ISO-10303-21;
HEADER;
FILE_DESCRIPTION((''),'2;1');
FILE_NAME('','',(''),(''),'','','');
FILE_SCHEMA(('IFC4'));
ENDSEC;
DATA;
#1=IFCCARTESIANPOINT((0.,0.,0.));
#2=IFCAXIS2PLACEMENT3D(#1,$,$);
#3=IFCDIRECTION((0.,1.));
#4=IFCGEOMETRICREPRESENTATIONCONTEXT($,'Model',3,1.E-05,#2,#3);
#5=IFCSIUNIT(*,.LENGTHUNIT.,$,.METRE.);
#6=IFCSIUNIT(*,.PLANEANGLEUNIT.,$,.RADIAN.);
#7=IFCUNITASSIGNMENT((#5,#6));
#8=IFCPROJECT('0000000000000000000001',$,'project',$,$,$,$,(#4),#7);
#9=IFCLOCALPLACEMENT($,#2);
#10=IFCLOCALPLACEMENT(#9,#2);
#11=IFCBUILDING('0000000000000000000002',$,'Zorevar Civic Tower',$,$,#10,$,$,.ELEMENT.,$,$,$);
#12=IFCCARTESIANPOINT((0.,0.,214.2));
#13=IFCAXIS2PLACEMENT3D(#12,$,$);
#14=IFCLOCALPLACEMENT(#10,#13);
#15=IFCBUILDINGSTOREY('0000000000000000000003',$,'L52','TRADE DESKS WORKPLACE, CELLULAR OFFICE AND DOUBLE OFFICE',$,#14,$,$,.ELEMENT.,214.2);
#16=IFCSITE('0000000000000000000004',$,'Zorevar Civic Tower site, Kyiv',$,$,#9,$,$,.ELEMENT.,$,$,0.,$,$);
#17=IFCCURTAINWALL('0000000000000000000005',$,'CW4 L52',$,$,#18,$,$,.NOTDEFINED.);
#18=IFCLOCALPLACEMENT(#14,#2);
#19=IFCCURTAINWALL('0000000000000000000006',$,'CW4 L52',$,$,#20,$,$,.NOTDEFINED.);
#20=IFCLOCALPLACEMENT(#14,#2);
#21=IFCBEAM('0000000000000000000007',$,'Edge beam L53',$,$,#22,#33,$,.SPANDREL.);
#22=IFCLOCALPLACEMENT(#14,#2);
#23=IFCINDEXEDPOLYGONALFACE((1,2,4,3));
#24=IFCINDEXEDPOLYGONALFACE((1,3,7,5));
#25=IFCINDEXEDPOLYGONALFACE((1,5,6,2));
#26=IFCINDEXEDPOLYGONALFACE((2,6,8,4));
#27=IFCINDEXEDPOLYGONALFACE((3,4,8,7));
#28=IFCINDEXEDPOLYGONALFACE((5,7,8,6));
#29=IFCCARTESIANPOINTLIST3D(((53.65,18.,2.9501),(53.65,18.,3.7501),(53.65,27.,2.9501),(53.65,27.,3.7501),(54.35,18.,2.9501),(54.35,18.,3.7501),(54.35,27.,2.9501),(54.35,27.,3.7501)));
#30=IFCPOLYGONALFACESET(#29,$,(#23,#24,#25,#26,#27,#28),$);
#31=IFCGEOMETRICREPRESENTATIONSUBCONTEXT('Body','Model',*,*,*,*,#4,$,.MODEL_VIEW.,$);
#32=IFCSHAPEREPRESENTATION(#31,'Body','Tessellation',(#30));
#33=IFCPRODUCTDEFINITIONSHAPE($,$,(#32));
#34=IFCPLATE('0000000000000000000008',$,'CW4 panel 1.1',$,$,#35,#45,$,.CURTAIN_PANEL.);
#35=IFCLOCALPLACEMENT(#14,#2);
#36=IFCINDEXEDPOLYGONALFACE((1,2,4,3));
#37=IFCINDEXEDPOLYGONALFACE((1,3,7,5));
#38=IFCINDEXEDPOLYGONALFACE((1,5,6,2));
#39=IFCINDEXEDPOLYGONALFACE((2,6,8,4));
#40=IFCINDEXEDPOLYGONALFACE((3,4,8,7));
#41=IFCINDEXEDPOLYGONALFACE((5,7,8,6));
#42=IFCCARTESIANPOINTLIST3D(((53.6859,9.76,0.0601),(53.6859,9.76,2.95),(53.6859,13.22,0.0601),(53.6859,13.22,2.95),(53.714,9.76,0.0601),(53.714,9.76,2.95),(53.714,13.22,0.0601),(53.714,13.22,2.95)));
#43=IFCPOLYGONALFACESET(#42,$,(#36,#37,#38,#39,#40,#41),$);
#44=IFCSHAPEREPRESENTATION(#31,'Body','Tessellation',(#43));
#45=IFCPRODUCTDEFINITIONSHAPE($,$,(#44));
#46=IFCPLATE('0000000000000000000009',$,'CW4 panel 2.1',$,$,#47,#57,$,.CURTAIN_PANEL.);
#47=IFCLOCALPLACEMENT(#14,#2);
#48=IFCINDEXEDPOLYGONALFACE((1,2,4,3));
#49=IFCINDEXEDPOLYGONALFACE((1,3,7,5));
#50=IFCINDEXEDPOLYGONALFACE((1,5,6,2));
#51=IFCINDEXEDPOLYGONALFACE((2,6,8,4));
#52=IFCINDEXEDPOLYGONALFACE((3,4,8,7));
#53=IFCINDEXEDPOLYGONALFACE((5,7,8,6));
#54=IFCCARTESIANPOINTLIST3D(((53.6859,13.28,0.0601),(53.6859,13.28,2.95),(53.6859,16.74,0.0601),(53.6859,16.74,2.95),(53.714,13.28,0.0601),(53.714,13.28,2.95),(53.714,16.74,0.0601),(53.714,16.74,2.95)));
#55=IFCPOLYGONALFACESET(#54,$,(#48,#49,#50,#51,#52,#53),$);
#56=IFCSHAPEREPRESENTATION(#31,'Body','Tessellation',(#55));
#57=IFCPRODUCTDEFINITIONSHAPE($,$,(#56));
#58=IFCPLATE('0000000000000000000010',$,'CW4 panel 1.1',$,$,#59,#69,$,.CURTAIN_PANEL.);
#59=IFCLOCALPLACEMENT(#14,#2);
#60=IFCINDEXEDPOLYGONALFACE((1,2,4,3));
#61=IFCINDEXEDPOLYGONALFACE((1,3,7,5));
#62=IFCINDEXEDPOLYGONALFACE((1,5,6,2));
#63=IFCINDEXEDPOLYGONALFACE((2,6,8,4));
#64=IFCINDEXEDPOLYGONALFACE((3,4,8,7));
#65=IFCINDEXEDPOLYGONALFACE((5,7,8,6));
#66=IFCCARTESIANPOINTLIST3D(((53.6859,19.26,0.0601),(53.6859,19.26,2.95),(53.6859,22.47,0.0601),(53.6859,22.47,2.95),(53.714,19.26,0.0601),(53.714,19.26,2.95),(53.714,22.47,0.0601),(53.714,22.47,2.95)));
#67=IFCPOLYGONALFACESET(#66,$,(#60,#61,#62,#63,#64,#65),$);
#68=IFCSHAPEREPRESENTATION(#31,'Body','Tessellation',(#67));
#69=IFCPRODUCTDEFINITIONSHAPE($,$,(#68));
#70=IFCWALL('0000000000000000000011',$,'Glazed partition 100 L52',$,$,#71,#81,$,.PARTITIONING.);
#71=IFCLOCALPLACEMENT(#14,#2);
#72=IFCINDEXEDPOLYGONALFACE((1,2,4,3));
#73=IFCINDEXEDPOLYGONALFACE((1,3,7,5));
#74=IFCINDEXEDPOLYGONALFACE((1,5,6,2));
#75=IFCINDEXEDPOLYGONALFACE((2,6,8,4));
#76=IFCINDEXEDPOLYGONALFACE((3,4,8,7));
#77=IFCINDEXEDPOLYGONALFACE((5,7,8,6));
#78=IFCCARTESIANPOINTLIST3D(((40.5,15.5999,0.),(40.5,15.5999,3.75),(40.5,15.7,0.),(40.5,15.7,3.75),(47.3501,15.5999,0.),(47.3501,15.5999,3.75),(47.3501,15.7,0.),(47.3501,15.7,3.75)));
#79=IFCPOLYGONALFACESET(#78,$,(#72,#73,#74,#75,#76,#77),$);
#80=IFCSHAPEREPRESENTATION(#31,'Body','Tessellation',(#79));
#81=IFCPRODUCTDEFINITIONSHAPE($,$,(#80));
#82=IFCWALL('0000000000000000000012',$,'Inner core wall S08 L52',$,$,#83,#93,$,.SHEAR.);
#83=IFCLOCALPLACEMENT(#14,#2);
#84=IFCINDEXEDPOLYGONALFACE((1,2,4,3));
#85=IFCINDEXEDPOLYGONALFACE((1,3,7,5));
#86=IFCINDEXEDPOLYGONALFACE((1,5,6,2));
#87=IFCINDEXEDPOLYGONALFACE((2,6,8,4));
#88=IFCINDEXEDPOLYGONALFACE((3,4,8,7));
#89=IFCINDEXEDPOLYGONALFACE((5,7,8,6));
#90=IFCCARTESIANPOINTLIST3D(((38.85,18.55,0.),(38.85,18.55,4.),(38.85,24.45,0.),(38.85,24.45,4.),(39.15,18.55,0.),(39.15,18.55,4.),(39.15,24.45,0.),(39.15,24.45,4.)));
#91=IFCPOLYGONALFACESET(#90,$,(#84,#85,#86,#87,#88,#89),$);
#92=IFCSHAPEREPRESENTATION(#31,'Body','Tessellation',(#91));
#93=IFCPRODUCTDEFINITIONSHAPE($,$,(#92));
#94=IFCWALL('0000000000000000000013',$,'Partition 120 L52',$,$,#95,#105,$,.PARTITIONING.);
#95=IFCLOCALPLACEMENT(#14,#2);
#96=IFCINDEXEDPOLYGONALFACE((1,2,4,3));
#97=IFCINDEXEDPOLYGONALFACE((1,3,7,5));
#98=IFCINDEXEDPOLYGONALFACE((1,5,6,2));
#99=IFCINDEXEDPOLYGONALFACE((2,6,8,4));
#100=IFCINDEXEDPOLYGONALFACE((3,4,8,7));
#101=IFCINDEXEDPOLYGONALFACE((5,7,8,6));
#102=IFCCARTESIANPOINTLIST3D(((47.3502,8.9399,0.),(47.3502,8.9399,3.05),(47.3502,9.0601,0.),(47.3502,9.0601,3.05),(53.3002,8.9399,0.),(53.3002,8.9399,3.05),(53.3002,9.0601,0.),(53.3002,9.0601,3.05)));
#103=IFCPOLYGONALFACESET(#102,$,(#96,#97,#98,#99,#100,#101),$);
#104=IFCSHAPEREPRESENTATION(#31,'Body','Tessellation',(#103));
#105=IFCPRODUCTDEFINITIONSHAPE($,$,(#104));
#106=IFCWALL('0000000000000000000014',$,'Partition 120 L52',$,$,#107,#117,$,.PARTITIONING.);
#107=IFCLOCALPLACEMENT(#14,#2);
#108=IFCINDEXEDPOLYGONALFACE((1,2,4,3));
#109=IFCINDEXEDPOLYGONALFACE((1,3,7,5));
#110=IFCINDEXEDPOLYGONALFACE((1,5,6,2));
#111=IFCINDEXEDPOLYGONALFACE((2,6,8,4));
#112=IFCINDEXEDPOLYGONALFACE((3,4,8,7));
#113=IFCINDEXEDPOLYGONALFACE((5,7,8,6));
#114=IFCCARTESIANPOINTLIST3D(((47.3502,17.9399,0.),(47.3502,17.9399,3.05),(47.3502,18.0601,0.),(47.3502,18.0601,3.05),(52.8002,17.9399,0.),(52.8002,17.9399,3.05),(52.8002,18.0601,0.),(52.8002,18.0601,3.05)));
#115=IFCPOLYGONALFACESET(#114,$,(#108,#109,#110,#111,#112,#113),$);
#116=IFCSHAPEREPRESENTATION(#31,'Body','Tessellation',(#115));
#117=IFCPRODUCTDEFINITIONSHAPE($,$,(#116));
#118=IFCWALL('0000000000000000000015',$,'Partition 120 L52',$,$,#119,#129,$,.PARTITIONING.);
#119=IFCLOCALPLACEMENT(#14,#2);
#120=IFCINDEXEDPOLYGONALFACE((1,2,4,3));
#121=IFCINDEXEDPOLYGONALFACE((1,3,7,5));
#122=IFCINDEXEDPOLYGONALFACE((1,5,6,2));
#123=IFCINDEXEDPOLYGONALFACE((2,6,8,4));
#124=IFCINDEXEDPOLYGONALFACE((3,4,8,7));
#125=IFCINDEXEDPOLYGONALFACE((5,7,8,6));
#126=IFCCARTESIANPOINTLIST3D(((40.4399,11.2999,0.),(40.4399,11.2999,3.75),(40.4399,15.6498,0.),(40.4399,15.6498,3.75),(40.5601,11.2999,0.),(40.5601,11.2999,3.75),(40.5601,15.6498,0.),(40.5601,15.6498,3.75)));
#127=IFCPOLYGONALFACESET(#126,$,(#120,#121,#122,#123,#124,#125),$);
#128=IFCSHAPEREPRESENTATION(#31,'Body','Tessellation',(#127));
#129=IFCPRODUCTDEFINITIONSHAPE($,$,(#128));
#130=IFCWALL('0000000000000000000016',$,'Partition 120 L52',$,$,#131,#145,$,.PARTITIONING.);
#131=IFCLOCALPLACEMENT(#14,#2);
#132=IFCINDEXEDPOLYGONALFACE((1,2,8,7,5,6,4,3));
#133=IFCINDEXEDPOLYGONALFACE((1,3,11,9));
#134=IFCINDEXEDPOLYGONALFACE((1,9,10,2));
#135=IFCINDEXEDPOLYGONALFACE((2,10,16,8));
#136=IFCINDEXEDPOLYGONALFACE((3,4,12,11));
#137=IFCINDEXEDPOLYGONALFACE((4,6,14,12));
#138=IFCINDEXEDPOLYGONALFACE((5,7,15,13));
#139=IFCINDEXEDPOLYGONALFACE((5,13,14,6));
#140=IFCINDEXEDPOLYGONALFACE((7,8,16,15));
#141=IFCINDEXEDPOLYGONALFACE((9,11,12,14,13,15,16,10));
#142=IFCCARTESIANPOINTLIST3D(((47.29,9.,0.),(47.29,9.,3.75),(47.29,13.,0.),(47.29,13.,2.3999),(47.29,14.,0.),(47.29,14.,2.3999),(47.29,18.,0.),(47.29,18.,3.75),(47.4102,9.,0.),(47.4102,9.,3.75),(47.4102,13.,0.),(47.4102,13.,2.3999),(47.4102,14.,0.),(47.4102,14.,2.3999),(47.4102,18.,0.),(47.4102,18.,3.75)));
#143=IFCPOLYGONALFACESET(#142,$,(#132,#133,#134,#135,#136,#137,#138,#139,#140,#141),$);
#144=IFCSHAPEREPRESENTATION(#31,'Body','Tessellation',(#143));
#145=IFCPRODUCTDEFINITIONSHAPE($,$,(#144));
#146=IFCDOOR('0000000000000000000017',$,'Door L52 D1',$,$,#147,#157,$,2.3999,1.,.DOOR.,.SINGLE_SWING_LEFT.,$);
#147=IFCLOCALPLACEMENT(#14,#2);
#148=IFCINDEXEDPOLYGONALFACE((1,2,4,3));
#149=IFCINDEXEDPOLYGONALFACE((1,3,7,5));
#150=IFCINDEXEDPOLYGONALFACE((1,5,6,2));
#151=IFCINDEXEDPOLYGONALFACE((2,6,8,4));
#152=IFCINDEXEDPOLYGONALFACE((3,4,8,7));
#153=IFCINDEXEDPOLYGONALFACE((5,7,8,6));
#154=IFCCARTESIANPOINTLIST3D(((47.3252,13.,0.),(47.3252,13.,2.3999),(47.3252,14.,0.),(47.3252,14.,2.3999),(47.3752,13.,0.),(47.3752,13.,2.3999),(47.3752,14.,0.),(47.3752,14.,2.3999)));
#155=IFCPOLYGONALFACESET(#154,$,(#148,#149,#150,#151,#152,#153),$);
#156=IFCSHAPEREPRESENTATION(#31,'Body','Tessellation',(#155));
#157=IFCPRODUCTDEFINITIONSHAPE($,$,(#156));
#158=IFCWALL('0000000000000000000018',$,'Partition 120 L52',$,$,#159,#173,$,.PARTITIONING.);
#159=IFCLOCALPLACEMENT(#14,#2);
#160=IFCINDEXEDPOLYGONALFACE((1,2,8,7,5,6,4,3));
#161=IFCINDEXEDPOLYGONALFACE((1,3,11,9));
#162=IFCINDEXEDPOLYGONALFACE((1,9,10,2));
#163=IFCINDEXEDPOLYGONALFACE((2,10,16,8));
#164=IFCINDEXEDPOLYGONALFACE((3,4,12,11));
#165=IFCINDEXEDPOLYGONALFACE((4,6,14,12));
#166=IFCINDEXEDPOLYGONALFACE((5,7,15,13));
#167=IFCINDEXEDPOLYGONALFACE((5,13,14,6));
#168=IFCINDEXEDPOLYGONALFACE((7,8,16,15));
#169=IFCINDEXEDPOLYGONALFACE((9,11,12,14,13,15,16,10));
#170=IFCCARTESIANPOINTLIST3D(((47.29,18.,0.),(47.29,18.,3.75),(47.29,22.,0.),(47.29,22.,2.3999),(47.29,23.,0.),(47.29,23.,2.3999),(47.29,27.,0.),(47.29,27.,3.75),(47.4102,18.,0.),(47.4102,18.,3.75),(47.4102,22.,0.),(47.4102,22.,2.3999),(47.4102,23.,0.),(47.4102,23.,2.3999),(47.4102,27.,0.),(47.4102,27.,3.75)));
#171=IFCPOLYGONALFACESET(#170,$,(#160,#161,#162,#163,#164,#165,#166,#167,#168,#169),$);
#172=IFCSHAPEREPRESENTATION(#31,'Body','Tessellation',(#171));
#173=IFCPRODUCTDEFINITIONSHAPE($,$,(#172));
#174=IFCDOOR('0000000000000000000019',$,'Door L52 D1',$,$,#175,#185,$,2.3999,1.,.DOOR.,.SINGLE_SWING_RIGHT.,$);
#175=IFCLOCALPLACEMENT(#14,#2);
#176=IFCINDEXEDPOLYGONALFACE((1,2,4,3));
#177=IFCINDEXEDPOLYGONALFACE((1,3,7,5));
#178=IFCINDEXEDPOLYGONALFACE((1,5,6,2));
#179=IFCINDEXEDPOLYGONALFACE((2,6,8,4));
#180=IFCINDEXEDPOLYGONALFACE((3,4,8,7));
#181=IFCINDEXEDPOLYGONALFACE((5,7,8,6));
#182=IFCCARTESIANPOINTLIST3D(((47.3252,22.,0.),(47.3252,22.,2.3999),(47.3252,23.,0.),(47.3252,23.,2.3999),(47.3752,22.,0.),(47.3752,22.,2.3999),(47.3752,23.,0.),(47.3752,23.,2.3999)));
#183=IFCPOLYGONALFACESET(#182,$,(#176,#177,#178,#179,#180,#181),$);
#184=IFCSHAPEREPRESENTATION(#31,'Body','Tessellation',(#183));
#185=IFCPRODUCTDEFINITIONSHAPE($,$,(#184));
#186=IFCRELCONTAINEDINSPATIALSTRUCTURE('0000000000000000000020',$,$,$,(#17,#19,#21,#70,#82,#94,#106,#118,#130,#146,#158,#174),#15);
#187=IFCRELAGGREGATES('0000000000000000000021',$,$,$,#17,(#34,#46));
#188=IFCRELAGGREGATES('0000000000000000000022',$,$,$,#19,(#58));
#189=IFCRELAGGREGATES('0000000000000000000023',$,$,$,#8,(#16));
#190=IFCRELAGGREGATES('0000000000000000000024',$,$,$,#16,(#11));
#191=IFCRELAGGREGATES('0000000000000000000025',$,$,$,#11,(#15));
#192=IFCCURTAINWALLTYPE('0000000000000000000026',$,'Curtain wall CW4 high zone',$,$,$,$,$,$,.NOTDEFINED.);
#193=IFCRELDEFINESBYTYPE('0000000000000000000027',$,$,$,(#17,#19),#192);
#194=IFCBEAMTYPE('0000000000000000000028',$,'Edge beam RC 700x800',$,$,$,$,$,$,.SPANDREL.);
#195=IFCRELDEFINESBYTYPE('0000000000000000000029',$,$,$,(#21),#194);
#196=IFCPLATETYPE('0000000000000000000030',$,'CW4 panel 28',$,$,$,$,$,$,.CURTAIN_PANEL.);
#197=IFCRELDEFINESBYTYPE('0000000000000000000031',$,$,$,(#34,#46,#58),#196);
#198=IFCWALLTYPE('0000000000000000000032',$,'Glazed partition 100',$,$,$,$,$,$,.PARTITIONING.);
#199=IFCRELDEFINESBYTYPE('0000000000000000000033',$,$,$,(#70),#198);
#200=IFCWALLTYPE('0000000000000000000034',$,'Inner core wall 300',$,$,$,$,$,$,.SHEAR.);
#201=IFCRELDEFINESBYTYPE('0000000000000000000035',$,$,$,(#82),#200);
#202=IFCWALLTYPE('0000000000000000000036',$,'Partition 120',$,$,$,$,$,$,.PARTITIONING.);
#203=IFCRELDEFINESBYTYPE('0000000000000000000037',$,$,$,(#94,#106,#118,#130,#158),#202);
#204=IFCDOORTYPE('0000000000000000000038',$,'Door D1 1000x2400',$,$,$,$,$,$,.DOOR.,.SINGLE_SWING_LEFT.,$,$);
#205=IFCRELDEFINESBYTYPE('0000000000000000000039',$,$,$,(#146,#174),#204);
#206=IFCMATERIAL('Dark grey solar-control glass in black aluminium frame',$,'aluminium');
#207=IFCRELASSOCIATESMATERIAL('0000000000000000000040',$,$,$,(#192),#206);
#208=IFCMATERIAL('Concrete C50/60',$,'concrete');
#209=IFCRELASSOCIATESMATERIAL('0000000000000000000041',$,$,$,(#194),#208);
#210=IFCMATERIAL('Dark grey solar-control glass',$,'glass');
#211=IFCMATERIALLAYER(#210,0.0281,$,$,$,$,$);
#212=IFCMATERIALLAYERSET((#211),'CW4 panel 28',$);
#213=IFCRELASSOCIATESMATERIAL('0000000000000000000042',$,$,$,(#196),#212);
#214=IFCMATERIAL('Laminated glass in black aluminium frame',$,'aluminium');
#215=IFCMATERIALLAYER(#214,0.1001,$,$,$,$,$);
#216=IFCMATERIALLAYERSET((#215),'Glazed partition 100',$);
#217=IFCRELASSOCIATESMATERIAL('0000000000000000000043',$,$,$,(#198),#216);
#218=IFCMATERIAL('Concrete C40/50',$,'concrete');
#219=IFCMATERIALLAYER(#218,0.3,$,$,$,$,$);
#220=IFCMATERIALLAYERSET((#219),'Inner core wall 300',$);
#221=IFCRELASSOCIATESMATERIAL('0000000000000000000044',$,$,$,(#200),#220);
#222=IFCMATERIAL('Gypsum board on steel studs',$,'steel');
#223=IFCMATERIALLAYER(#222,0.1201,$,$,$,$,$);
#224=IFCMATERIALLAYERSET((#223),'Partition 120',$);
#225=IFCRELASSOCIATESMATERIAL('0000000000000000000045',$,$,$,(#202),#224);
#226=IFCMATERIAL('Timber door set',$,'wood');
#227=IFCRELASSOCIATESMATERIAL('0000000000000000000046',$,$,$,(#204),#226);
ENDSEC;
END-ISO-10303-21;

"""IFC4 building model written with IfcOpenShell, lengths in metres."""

from ifc_helpers import new_model, si_unit, direction, frame, frame_2d, origin, origin_2d, place, context, subcontext, project, spatial, rectangle, extrude, material, layer, layer_set, material_profile, profile_set, type_object, element, fill, aggregate, save


model = new_model("IFC4")

# Units and contexts
model_context = context("Model", 3, precision=1e-05, world=origin(), true_north=direction((0.0, 1.0)))
body_context = subcontext(model_context, "Body", "Model", "MODEL_VIEW")
ifc_project = project(units=[si_unit("LENGTHUNIT", "METRE"), si_unit("PLANEANGLEUNIT", "RADIAN")], contexts=[model_context])

# Site, building, storey
site_placement = place(None, origin())
site = spatial("IfcSite", under=ifc_project, at=site_placement, Name="Zorevar Civic Tower site, Kyiv", CompositionType="ELEMENT", RefElevation=0.0)
building_placement = place(site_placement, origin())
building = spatial("IfcBuilding", under=site, at=building_placement, Name="Zorevar Civic Tower", CompositionType="ELEMENT")
storey_placement = place(building_placement, frame((0.0, 0.0, 214.2)))
storey = spatial("IfcBuildingStorey", under=building, at=storey_placement, Name="L52", Description="TRADE DESKS WORKPLACE, CELLULAR OFFICE AND DOUBLE OFFICE", CompositionType="ELEMENT", Elevation=214.2)

# Curtain wall
ifc_material_1 = material(Name="Dark grey solar-control glass in black aluminium frame", Category="aluminium")
curtain_wall_type = type_object("IfcCurtainWallType", Name="Curtain wall CW4 high zone", PredefinedType="NOTDEFINED", material=ifc_material_1)
curtain_wall_1_placement = place(storey_placement, origin())
curtain_wall_1 = element("IfcCurtainWall", 1, at=curtain_wall_1_placement, inside=storey, type_object=curtain_wall_type, Name="CW4 L52", PredefinedType="NOTDEFINED")

# Curtain wall
curtain_wall_2_placement = place(storey_placement, origin())
curtain_wall_2 = element("IfcCurtainWall", 2, at=curtain_wall_2_placement, inside=storey, type_object=curtain_wall_type, Name="CW4 L52", PredefinedType="NOTDEFINED")

# Beam
ifc_material_2 = material(Name="Concrete C50/60", Category="concrete")
ifc_material_profile_1 = material_profile(ifc_material_2, rectangle(XDim=0.7, YDim=0.8, at=origin_2d()), Name="RC 700x800")
ifc_profile_set_1 = profile_set([ifc_material_profile_1], Name="Concrete C50/60")
beam_type_1 = type_object("IfcBeamType", Name="Edge beam RC 700x800", PredefinedType="SPANDREL", material=ifc_profile_set_1)
for number, where, z_axis, x_axis, name in (
    (3, (54.0, 18.0, 3.3501), (0.0, 1.0, 0.0), (-1.0, 0.0, 0.0), "Edge beam L53"),
):
    element("IfcBeam", number, at=place(storey_placement, frame(where, z_axis=z_axis, x_axis=x_axis)), inside=storey, type_object=beam_type_1, Name=name, PredefinedType="SPANDREL", context=body_context, shape_type="SweptSolid", body=[
        extrude(rectangle(XDim=0.7, YDim=0.8, at=origin_2d()), origin(), (0.0, 0.0, 1.0), 9.0),
    ])

# Plates
ifc_material_3 = material(Name="Dark grey solar-control glass", Category="glass")
ifc_layer_1 = layer(ifc_material_3, 0.0281)
ifc_layer_set_1 = layer_set([ifc_layer_1], Name="CW4 panel 28")
plate_type = type_object("IfcPlateType", Name="CW4 panel 28", PredefinedType="CURTAIN_PANEL", material=ifc_layer_set_1)
plate_1_placement = place(storey_placement, frame((53.7, 11.49, 0.0601), z_axis=(0.0, 0.0, 1.0), x_axis=(0.0, 1.0, 0.0)))
plate_1 = element("IfcPlate", 4, at=plate_1_placement, type_object=plate_type, Name="CW4 panel 1.1", PredefinedType="CURTAIN_PANEL", context=body_context, shape_type="SweptSolid", body=[
    extrude(rectangle(XDim=3.46, YDim=0.0281, at=origin_2d()), origin(), (0.0, 0.0, 1.0), 2.8899),
])
plate_2_placement = place(storey_placement, frame((53.7, 15.01, 0.0601), z_axis=(0.0, 0.0, 1.0), x_axis=(0.0, 1.0, 0.0)))
plate_2 = element("IfcPlate", 5, at=plate_2_placement, type_object=plate_type, Name="CW4 panel 2.1", PredefinedType="CURTAIN_PANEL", context=body_context, shape_type="SweptSolid", body=[
    extrude(rectangle(XDim=3.46, YDim=0.0281, at=origin_2d()), origin(), (0.0, 0.0, 1.0), 2.8899),
])
aggregate(curtain_wall_1, [plate_1, plate_2])
plate_3_placement = place(storey_placement, frame((53.7, 20.865, 0.0601), z_axis=(0.0, 0.0, 1.0), x_axis=(0.0, 1.0, 0.0)))
plate_3 = element("IfcPlate", 6, at=plate_3_placement, type_object=plate_type, Name="CW4 panel 1.1", PredefinedType="CURTAIN_PANEL", context=body_context, shape_type="SweptSolid", body=[
    extrude(rectangle(XDim=3.21, YDim=0.0281, at=origin_2d()), origin(), (0.0, 0.0, 1.0), 2.8899),
])
aggregate(curtain_wall_2, [plate_3])

# Walls
ifc_material_4 = material(Name="Laminated glass in black aluminium frame", Category="aluminium")
ifc_layer_2 = layer(ifc_material_4, 0.1001)
ifc_layer_set_2 = layer_set([ifc_layer_2], Name="Glazed partition 100")
wall_type_1 = type_object("IfcWallType", Name="Glazed partition 100", PredefinedType="PARTITIONING", material=ifc_layer_set_2)
wall_1_placement = place(storey_placement, frame((40.5, 15.6499, 0.0), z_axis=(0.0, 0.0, 1.0), x_axis=(1.0, 0.0, 0.0)))
element("IfcWall", 7, at=wall_1_placement, inside=storey, type_object=wall_type_1, Name="Glazed partition 100 L52", PredefinedType="PARTITIONING", context=body_context, shape_type="SweptSolid", body=[
    extrude(rectangle(XDim=6.8501, YDim=0.1001, at=frame_2d((3.425, 0.0))), origin(), (0.0, 0.0, 1.0), 3.75),
])
ifc_material_5 = material(Name="Concrete C40/50", Category="concrete")
ifc_layer_3 = layer(ifc_material_5, 0.3)
ifc_layer_set_3 = layer_set([ifc_layer_3], Name="Inner core wall 300")
wall_type_2 = type_object("IfcWallType", Name="Inner core wall 300", PredefinedType="SHEAR", material=ifc_layer_set_3)
wall_2_placement = place(storey_placement, frame((39.0, 18.55, 0.0), z_axis=(0.0, 0.0, 1.0), x_axis=(0.0, 1.0, 0.0)))
element("IfcWall", 8, at=wall_2_placement, inside=storey, type_object=wall_type_2, Name="Inner core wall S08 L52", PredefinedType="SHEAR", context=body_context, shape_type="SweptSolid", body=[
    extrude(rectangle(XDim=5.8999, YDim=0.3, at=frame_2d((2.95, 0.0))), origin(), (0.0, 0.0, 1.0), 4.0),
])
ifc_material_6 = material(Name="Gypsum board on steel studs", Category="steel")
ifc_layer_4 = layer(ifc_material_6, 0.1201)
ifc_layer_set_4 = layer_set([ifc_layer_4], Name="Partition 120")
wall_type_3 = type_object("IfcWallType", Name="Partition 120", PredefinedType="PARTITIONING", material=ifc_layer_set_4)
wall_3_placement = place(storey_placement, frame((47.3501, 9.0, 0.0), z_axis=(0.0, 0.0, 1.0), x_axis=(1.0, 0.0, 0.0)))
element("IfcWall", 9, at=wall_3_placement, inside=storey, type_object=wall_type_3, Name="Partition 120 L52", PredefinedType="PARTITIONING", context=body_context, shape_type="SweptSolid", body=[
    extrude(rectangle(XDim=5.95, YDim=0.1201, at=frame_2d((2.9751, 0.0))), origin(), (0.0, 0.0, 1.0), 3.05),
])
wall_4_placement = place(storey_placement, frame((47.3501, 18.0, 0.0), z_axis=(0.0, 0.0, 1.0), x_axis=(1.0, 0.0, 0.0)))
element("IfcWall", 10, at=wall_4_placement, inside=storey, type_object=wall_type_3, Name="Partition 120 L52", PredefinedType="PARTITIONING", context=body_context, shape_type="SweptSolid", body=[
    extrude(rectangle(XDim=5.45, YDim=0.1201, at=frame_2d((2.7251, 0.0))), origin(), (0.0, 0.0, 1.0), 3.05),
])
wall_5_placement = place(storey_placement, frame((40.5, 11.3, 0.0), z_axis=(0.0, 0.0, 1.0), x_axis=(0.0, 1.0, 0.0)))
element("IfcWall", 11, at=wall_5_placement, inside=storey, type_object=wall_type_3, Name="Partition 120 L52", PredefinedType="PARTITIONING", context=body_context, shape_type="SweptSolid", body=[
    extrude(rectangle(XDim=4.3499, YDim=0.1201, at=frame_2d((2.1748, 0.0))), origin(), (0.0, 0.0, 1.0), 3.75),
])

# Walls, openings, doors
wall_6_placement = place(storey_placement, frame((47.3501, 9.0, 0.0), z_axis=(0.0, 0.0, 1.0), x_axis=(0.0, 1.0, 0.0)))
wall_6 = element("IfcWall", 12, at=wall_6_placement, inside=storey, type_object=wall_type_3, Name="Partition 120 L52", PredefinedType="PARTITIONING", context=body_context, shape_type="SweptSolid", body=[
    extrude(rectangle(XDim=9.0, YDim=0.1201, at=frame_2d((4.5, 0.0))), origin(), (0.0, 0.0, 1.0), 3.75),
])
opening_1_placement = place(wall_6_placement, frame((4.0, 0.0, 0.0)))
opening_1 = element("IfcOpeningElement", 13, at=opening_1_placement, cuts=wall_6, PredefinedType="OPENING", context=body_context, shape_type="SweptSolid", body=[
    extrude(rectangle(XDim=1.0, YDim=2.3999, at=frame_2d((0.5, 1.2))), frame((0.0, 0.0701, 0.0), z_axis=(0.0, -1.0, 0.0), x_axis=(1.0, 0.0, 0.0)), (0.0, 0.0, 1.0), 0.1401),
])
ifc_material_7 = material(Name="Timber door set", Category="wood")
door_type_1 = type_object("IfcDoorType", Name="Door D1 1000x2400", OperationType="SINGLE_SWING_LEFT", PredefinedType="DOOR", material=ifc_material_7)
door_1_placement = place(opening_1_placement, origin())
door_1 = element("IfcDoor", 14, at=door_1_placement, inside=storey, type_object=door_type_1, Name="Door L52 D1", OperationType="SINGLE_SWING_LEFT", OverallHeight=2.3999, OverallWidth=1.0, PredefinedType="DOOR", context=body_context, shape_type="SweptSolid", body=[
    extrude(rectangle(XDim=1.0, YDim=2.3999, at=frame_2d((0.5, 1.2))), frame((0.0, 0.0249, 0.0), z_axis=(0.0, -1.0, 0.0), x_axis=(1.0, 0.0, 0.0)), (0.0, 0.0, 1.0), 0.05),
])
fill(opening_1, door_1)
wall_7_placement = place(storey_placement, frame((47.3501, 18.0, 0.0), z_axis=(0.0, 0.0, 1.0), x_axis=(0.0, 1.0, 0.0)))
wall_7 = element("IfcWall", 15, at=wall_7_placement, inside=storey, type_object=wall_type_3, Name="Partition 120 L52", PredefinedType="PARTITIONING", context=body_context, shape_type="SweptSolid", body=[
    extrude(rectangle(XDim=9.0, YDim=0.1201, at=frame_2d((4.5, 0.0))), origin(), (0.0, 0.0, 1.0), 3.75),
])
opening_2_placement = place(wall_7_placement, frame((4.0, 0.0, 0.0)))
opening_2 = element("IfcOpeningElement", 16, at=opening_2_placement, cuts=wall_7, PredefinedType="OPENING", context=body_context, shape_type="SweptSolid", body=[
    extrude(rectangle(XDim=1.0, YDim=2.3999, at=frame_2d((0.5, 1.2))), frame((0.0, 0.0701, 0.0), z_axis=(0.0, -1.0, 0.0), x_axis=(1.0, 0.0, 0.0)), (0.0, 0.0, 1.0), 0.1401),
])
door_2_placement = place(opening_2_placement, origin())
door_2 = element("IfcDoor", 17, at=door_2_placement, inside=storey, type_object=door_type_1, Name="Door L52 D1", OperationType="SINGLE_SWING_RIGHT", OverallHeight=2.3999, OverallWidth=1.0, PredefinedType="DOOR", context=body_context, shape_type="SweptSolid", body=[
    extrude(rectangle(XDim=1.0, YDim=2.3999, at=frame_2d((0.5, 1.2))), frame((0.0, 0.0249, 0.0), z_axis=(0.0, -1.0, 0.0), x_axis=(1.0, 0.0, 0.0)), (0.0, 0.0, 1.0), 0.05),
])
fill(opening_2, door_2)

save(model, "model.ifc")
